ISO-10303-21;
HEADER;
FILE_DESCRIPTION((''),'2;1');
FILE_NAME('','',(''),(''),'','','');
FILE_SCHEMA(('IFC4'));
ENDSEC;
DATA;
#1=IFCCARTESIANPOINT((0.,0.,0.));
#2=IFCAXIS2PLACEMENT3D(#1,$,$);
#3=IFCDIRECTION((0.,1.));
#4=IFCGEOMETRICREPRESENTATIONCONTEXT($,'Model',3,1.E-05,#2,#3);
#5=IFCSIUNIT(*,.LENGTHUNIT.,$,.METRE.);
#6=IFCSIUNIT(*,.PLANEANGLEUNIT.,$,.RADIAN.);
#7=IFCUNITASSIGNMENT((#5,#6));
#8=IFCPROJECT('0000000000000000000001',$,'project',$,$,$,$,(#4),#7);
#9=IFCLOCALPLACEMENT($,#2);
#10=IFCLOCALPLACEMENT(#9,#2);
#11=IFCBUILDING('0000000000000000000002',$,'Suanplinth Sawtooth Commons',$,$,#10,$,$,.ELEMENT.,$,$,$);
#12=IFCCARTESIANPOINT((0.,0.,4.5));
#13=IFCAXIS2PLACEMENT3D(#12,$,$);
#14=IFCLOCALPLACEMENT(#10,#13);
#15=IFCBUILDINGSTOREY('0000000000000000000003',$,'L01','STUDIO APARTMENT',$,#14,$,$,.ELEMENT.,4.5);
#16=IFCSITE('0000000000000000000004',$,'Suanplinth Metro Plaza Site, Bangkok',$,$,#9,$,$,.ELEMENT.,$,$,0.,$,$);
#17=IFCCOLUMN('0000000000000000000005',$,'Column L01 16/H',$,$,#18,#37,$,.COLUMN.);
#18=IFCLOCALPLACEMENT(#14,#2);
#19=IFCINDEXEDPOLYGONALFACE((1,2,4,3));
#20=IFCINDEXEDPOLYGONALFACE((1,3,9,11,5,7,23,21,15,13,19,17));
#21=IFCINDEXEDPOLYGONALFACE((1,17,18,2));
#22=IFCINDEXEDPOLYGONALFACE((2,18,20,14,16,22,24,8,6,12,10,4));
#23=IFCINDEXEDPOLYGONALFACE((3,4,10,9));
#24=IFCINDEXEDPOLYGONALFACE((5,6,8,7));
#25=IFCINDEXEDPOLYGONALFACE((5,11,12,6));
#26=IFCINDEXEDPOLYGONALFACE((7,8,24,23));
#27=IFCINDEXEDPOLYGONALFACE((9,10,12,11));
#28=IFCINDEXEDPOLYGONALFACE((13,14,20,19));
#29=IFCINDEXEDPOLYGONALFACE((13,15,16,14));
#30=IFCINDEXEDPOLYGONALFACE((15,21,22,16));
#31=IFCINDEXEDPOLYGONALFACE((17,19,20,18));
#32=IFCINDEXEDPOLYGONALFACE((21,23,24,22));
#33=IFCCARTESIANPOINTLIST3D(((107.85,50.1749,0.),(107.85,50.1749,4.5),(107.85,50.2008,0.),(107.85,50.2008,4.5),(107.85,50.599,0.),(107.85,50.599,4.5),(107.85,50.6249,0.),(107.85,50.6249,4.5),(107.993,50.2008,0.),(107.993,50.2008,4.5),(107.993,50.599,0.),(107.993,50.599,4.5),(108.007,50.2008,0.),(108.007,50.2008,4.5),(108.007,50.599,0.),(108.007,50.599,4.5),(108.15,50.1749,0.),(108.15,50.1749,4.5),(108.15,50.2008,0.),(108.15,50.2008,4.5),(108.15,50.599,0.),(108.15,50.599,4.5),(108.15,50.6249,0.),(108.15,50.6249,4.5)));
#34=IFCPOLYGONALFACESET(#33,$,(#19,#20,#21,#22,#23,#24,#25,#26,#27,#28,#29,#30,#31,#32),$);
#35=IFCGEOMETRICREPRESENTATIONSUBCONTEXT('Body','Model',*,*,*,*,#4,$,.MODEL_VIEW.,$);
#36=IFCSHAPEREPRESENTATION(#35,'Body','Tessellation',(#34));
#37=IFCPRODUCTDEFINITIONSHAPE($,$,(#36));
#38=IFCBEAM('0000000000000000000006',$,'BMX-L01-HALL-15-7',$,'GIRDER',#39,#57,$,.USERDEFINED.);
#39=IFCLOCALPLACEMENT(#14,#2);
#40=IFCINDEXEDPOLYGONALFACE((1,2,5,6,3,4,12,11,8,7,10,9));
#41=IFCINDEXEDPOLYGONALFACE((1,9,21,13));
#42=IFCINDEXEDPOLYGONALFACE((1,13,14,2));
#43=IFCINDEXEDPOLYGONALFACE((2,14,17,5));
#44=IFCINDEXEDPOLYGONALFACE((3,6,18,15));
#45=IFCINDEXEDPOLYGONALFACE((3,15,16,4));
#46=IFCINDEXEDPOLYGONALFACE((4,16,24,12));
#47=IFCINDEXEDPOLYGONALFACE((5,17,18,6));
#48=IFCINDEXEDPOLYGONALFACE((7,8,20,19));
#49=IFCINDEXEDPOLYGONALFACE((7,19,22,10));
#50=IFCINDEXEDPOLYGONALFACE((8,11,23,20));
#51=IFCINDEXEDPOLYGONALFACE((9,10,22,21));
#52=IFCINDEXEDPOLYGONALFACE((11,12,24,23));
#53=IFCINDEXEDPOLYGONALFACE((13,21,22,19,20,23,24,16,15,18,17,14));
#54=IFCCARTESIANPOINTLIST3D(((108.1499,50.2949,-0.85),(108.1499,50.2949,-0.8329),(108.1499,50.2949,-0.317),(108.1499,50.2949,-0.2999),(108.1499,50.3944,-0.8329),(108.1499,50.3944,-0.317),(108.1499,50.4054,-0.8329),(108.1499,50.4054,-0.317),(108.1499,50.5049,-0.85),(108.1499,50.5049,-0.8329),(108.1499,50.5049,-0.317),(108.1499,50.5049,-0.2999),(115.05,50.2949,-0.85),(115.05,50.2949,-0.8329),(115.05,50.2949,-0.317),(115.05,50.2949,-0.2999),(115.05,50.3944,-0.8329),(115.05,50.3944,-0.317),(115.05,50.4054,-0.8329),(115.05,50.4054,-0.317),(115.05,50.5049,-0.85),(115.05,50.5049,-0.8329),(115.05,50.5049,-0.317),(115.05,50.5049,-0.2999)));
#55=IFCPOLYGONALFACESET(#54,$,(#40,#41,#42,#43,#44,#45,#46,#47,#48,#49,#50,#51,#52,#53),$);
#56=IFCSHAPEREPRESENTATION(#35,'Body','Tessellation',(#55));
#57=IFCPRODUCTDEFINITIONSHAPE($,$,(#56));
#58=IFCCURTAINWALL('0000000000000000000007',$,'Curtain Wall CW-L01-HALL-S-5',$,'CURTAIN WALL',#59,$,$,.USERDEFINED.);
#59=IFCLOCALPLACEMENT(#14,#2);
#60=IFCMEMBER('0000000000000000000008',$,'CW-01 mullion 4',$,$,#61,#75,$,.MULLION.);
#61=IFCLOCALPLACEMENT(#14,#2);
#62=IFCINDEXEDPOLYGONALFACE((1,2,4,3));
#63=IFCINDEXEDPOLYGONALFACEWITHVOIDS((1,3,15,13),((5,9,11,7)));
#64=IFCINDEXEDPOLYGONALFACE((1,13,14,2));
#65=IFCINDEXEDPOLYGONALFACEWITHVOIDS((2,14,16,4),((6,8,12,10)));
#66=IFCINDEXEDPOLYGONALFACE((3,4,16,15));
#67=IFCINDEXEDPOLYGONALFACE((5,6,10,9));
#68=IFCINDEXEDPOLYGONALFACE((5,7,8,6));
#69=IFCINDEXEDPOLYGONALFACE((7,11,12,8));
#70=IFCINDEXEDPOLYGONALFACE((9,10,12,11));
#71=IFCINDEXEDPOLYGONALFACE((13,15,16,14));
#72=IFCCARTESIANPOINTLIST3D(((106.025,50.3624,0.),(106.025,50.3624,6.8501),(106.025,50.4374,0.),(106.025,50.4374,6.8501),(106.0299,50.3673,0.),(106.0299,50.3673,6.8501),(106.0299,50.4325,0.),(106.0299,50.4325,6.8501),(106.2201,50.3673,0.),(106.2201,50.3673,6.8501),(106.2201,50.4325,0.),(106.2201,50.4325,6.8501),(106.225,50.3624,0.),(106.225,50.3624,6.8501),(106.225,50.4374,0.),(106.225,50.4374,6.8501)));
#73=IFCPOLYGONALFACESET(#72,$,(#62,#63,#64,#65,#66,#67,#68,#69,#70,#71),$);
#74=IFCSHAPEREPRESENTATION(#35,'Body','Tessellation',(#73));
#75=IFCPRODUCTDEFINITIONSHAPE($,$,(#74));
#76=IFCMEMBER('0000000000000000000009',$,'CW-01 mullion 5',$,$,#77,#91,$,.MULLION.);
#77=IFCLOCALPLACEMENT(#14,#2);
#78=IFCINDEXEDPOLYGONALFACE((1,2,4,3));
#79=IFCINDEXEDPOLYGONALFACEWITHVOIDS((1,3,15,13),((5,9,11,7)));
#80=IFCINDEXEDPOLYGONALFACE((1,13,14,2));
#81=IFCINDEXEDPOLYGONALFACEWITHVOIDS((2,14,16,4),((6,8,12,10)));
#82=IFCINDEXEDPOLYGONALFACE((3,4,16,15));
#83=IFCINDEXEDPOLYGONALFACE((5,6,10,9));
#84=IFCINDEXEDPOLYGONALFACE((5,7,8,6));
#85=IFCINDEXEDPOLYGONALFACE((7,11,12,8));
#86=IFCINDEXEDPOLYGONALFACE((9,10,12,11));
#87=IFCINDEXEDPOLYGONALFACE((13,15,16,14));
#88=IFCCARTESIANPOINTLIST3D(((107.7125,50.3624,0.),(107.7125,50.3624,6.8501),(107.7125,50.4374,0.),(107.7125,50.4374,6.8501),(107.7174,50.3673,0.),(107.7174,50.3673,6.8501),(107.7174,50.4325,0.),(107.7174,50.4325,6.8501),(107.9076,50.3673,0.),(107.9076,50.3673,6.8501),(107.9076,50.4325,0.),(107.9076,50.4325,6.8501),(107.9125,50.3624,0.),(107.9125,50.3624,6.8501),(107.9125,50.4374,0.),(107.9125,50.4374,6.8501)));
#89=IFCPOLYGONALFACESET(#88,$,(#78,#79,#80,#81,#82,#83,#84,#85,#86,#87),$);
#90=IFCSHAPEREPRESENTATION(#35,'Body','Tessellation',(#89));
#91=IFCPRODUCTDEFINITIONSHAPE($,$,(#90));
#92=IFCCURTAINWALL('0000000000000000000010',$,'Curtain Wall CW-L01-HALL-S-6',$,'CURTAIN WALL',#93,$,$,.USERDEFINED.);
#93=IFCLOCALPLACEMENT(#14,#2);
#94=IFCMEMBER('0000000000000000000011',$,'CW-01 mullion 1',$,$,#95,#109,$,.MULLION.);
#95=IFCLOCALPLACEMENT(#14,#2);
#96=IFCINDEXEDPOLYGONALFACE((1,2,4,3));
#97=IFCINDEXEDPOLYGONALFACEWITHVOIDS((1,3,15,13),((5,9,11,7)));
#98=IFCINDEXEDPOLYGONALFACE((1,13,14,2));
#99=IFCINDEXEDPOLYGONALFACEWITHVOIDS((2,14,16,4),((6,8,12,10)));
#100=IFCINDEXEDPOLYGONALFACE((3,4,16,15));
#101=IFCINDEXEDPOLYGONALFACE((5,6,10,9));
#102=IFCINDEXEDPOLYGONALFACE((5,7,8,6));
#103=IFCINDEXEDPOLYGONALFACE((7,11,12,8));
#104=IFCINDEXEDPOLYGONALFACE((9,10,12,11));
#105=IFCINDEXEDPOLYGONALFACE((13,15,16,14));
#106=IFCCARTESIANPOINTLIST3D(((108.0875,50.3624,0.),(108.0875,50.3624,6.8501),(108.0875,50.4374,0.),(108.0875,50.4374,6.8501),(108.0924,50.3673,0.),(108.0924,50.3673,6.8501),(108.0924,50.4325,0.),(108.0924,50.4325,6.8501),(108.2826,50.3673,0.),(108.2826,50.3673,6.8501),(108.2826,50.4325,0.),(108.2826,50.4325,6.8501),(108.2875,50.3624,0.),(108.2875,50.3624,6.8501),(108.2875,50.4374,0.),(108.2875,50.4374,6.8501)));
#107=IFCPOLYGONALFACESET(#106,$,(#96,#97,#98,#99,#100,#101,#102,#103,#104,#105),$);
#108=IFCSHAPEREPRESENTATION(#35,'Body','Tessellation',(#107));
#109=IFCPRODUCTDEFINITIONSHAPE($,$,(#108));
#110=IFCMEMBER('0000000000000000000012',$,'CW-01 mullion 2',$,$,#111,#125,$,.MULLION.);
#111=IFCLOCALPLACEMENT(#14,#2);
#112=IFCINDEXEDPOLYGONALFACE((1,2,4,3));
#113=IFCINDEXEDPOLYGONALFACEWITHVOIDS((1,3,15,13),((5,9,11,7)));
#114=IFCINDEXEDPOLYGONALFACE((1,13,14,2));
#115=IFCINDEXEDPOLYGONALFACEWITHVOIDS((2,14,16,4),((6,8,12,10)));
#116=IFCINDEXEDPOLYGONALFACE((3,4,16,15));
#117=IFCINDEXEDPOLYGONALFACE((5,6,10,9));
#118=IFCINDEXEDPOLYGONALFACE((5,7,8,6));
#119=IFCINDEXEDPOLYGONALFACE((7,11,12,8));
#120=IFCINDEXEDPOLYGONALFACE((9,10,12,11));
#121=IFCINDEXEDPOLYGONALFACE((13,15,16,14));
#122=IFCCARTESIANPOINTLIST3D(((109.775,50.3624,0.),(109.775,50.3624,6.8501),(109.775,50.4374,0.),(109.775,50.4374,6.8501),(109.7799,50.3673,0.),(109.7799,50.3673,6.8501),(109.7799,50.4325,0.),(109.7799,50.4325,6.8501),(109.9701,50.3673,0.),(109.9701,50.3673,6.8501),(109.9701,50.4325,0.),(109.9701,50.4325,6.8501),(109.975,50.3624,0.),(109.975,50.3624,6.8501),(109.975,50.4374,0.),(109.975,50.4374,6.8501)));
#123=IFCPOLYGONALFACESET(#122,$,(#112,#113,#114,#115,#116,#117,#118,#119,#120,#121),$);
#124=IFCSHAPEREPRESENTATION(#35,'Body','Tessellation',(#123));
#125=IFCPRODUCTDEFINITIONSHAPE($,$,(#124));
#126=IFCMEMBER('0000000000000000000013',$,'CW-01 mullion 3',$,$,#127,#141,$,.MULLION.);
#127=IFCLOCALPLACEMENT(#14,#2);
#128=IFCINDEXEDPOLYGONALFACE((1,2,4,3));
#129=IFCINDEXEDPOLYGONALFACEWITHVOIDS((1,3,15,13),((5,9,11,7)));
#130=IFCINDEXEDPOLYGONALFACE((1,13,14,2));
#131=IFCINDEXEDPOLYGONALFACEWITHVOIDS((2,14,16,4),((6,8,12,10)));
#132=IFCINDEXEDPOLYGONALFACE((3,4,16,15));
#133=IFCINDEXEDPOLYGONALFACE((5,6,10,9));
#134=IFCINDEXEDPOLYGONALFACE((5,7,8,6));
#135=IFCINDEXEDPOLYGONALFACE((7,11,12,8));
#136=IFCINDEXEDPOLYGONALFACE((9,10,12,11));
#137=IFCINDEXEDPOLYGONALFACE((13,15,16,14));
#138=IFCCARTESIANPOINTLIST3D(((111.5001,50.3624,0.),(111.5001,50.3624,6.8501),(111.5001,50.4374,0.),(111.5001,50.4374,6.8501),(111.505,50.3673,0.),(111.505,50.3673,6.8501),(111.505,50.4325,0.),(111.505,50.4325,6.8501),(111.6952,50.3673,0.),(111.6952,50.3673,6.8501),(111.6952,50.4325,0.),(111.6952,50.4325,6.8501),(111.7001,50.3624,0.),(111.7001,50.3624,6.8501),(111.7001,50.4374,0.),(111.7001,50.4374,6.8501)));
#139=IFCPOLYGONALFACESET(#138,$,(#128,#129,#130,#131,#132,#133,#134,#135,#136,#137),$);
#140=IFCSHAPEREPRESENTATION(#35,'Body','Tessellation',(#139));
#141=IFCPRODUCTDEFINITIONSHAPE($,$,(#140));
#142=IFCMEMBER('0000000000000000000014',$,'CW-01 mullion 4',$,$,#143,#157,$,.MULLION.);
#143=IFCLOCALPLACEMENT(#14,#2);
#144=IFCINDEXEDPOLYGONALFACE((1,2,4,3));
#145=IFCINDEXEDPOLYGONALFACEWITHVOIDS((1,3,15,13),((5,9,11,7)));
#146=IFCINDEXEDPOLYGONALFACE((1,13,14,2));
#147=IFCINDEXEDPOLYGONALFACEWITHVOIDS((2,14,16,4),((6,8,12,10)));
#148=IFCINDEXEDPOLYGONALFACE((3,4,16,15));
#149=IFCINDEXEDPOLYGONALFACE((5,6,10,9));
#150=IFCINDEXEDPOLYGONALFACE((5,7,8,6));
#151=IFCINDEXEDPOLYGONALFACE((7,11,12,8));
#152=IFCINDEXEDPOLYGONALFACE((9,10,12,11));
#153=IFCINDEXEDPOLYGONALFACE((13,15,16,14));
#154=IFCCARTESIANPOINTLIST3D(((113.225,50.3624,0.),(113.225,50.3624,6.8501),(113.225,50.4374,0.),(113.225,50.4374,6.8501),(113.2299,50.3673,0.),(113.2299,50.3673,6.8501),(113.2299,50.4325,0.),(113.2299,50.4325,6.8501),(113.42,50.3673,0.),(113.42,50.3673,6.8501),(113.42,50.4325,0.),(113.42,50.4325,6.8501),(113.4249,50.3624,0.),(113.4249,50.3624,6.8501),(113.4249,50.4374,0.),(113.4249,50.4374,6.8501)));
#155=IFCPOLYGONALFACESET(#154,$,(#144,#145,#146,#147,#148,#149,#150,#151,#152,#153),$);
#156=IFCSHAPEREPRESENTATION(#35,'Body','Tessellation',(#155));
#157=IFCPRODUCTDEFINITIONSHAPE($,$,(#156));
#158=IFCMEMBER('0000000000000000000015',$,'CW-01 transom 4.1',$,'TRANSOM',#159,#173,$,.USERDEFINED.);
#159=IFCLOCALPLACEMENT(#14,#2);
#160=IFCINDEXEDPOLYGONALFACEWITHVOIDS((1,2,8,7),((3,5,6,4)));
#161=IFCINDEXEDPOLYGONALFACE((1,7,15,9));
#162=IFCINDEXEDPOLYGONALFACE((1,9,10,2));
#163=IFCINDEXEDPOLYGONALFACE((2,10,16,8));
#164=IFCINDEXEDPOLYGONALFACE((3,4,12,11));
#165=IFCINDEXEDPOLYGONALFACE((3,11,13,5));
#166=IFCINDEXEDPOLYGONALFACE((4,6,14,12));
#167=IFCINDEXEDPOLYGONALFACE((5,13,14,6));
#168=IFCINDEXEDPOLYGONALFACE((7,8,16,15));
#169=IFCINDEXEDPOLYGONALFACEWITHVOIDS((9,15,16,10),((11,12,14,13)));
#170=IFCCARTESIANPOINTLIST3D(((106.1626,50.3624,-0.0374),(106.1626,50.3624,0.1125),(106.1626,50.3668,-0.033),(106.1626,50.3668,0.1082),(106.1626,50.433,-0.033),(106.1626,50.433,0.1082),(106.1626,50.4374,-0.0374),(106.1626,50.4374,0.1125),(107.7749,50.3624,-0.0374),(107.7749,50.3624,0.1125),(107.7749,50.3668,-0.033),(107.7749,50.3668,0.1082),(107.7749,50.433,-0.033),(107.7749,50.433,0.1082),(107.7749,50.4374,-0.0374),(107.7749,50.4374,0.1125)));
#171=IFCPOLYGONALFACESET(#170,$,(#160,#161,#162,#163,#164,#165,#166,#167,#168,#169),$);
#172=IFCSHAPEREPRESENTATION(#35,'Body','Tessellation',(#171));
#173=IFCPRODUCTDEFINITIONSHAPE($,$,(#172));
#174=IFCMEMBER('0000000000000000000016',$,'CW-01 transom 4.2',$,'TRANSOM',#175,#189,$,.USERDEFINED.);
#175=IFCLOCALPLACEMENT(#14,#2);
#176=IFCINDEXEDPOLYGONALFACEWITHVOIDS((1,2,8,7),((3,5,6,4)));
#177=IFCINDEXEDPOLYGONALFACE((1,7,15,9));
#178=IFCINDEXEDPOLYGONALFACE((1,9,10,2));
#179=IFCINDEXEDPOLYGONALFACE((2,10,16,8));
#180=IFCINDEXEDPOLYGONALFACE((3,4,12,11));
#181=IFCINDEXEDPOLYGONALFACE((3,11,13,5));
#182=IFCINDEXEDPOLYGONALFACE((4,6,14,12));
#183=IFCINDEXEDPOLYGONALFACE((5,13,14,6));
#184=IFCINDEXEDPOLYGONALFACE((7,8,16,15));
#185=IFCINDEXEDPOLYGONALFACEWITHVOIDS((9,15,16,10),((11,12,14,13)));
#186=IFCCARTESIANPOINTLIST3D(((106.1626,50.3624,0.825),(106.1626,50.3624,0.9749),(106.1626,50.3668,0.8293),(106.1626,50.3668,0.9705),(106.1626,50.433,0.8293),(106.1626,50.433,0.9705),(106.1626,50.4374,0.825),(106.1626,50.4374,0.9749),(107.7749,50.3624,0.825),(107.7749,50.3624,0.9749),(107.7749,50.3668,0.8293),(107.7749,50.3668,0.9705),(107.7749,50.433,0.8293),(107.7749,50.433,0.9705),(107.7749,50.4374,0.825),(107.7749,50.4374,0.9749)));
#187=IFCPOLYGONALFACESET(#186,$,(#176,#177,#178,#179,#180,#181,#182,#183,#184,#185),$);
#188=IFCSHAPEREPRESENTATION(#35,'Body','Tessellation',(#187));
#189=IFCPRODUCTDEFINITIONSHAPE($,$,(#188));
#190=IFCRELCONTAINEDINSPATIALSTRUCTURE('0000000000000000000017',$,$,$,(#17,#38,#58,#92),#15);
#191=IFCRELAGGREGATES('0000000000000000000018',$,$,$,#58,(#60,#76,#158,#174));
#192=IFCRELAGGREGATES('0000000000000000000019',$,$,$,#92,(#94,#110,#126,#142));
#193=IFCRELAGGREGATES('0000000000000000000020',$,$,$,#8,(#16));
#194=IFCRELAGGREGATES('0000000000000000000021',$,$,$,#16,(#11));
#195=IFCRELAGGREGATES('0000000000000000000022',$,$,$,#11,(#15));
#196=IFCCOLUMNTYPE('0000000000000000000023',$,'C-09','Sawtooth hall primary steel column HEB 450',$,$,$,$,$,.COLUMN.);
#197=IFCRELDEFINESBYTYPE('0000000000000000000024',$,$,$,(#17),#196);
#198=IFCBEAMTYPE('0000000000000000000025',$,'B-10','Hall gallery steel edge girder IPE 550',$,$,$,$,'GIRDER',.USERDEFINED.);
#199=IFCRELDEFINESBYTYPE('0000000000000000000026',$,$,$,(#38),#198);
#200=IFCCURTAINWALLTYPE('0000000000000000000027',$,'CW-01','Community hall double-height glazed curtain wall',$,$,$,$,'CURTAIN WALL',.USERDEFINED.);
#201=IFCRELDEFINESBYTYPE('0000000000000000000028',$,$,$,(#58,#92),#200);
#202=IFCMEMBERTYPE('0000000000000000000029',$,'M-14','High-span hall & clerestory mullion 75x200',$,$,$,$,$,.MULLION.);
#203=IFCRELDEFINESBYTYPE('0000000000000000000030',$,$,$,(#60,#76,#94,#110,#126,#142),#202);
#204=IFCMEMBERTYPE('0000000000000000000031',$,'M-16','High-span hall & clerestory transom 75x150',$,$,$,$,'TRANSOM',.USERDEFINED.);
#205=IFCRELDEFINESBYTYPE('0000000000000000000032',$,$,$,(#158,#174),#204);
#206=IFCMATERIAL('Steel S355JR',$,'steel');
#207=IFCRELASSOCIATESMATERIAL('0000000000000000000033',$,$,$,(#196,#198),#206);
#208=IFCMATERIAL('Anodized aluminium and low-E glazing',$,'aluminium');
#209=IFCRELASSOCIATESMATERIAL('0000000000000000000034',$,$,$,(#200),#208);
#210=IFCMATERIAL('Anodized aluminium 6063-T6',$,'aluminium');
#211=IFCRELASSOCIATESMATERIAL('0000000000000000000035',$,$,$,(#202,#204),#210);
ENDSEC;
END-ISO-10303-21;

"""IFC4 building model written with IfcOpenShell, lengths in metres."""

from ifc_helpers import new_model, si_unit, direction, frame, origin, origin_2d, place, context, subcontext, project, spatial, hollow_rectangle, i_section, extrude, material, material_profile, profile_set, type_object, element, aggregate, save


model = new_model("IFC4")

# Units and contexts
model_context = context("Model", 3, precision=1e-05, world=origin(), true_north=direction((0.0, 1.0)))
body_context = subcontext(model_context, "Body", "Model", "MODEL_VIEW")
ifc_project = project(units=[si_unit("LENGTHUNIT", "METRE"), si_unit("PLANEANGLEUNIT", "RADIAN")], contexts=[model_context])

# Site, building, storey
site_placement = place(None, origin())
site = spatial("IfcSite", under=ifc_project, at=site_placement, Name="Suanplinth Metro Plaza Site, Bangkok", CompositionType="ELEMENT", RefElevation=0.0)
building_placement = place(site_placement, origin())
building = spatial("IfcBuilding", under=site, at=building_placement, Name="Suanplinth Sawtooth Commons", CompositionType="ELEMENT")
storey_placement = place(building_placement, frame((0.0, 0.0, 4.5)))
storey = spatial("IfcBuildingStorey", under=building, at=storey_placement, Name="L01", Description="STUDIO APARTMENT", CompositionType="ELEMENT", Elevation=4.5)

# Column
ifc_material_1 = material(Name="Steel S355JR", Category="steel")
ifc_material_profile_1 = material_profile(ifc_material_1, i_section(OverallWidth=0.3, OverallDepth=0.45, WebThickness=0.0139, FlangeThickness=0.0259, at=origin_2d()), Name="HEB 450")
ifc_profile_set_1 = profile_set([ifc_material_profile_1], Name="Steel S355JR")
column_type = type_object("IfcColumnType", Name="C-09", Description="Sawtooth hall primary steel column HEB 450", PredefinedType="COLUMN", material=ifc_profile_set_1)
column_placement = place(storey_placement, frame((108.0, 50.3999, 0.0), z_axis=(0.0, 0.0, 1.0), x_axis=(1.0, 0.0, 0.0)))
element("IfcColumn", 1, at=column_placement, inside=storey, type_object=column_type, Name="Column L01 16/H", PredefinedType="COLUMN", context=body_context, shape_type="SweptSolid", body=[
    extrude(i_section(OverallWidth=0.3, OverallDepth=0.45, WebThickness=0.0139, FlangeThickness=0.0259, at=origin_2d()), origin(), (0.0, 0.0, 1.0), 4.5),
])

# Beam
ifc_material_profile_2 = material_profile(ifc_material_1, i_section(OverallWidth=0.21, OverallDepth=0.55, WebThickness=0.011, FlangeThickness=0.0171, at=origin_2d()), Name="IPE 550")
ifc_profile_set_2 = profile_set([ifc_material_profile_2], Name="Steel S355JR")
beam_type = type_object("IfcBeamType", Name="B-10", Description="Hall gallery steel edge girder IPE 550", ElementType="GIRDER", PredefinedType="USERDEFINED", material=ifc_profile_set_2)
beam_placement = place(storey_placement, frame((108.1499, 50.3999, -0.575), z_axis=(1.0, 0.0, 0.0), x_axis=(0.0, 1.0, 0.0)))
element("IfcBeam", 2, at=beam_placement, inside=storey, type_object=beam_type, Name="BMX-L01-HALL-15-7", ObjectType="GIRDER", PredefinedType="USERDEFINED", context=body_context, shape_type="SweptSolid", body=[
    extrude(i_section(OverallWidth=0.21, OverallDepth=0.55, WebThickness=0.011, FlangeThickness=0.0171, at=origin_2d()), origin(), (0.0, 0.0, 1.0), 6.9001),
])

# Curtain walls, members
ifc_material_2 = material(Name="Anodized aluminium and low-E glazing", Category="aluminium")
curtain_wall_type = type_object("IfcCurtainWallType", Name="CW-01", Description="Community hall double-height glazed curtain wall", ElementType="CURTAIN WALL", PredefinedType="USERDEFINED", material=ifc_material_2)
curtain_wall_1_placement = place(storey_placement, origin())
curtain_wall_1 = element("IfcCurtainWall", 3, at=curtain_wall_1_placement, inside=storey, type_object=curtain_wall_type, Name="Curtain Wall CW-L01-HALL-S-5", ObjectType="CURTAIN WALL", PredefinedType="USERDEFINED")
ifc_material_3 = material(Name="Anodized aluminium 6063-T6", Category="aluminium")
ifc_material_profile_3 = material_profile(ifc_material_3, hollow_rectangle(XDim=0.075, YDim=0.2, WallThickness=0.0049, at=origin_2d()), Name="ALU-MUL 75x200")
ifc_profile_set_3 = profile_set([ifc_material_profile_3], Name="Anodized aluminium 6063-T6")
member_type_1 = type_object("IfcMemberType", Name="M-14", Description="High-span hall & clerestory mullion 75x200", PredefinedType="MULLION", material=ifc_profile_set_3)
member_1_placement = place(storey_placement, frame((106.125, 50.3999, 0.0), z_axis=(0.0, 0.0, 1.0), x_axis=(0.0, 1.0, 0.0)))
member_1 = element("IfcMember", 4, at=member_1_placement, type_object=member_type_1, Name="CW-01 mullion 4", PredefinedType="MULLION", context=body_context, shape_type="SweptSolid", body=[
    extrude(hollow_rectangle(XDim=0.075, YDim=0.2, WallThickness=0.0049, at=origin_2d()), origin(), (0.0, 0.0, 1.0), 6.8501),
])
member_2_placement = place(storey_placement, frame((107.8125, 50.3999, 0.0), z_axis=(0.0, 0.0, 1.0), x_axis=(0.0, 1.0, 0.0)))
member_2 = element("IfcMember", 5, at=member_2_placement, type_object=member_type_1, Name="CW-01 mullion 5", PredefinedType="MULLION", context=body_context, shape_type="SweptSolid", body=[
    extrude(hollow_rectangle(XDim=0.075, YDim=0.2, WallThickness=0.0049, at=origin_2d()), origin(), (0.0, 0.0, 1.0), 6.8501),
])
curtain_wall_2_placement = place(storey_placement, origin())
curtain_wall_2 = element("IfcCurtainWall", 6, at=curtain_wall_2_placement, inside=storey, type_object=curtain_wall_type, Name="Curtain Wall CW-L01-HALL-S-6", ObjectType="CURTAIN WALL", PredefinedType="USERDEFINED")
member_3_placement = place(storey_placement, frame((108.1875, 50.3999, 0.0), z_axis=(0.0, 0.0, 1.0), x_axis=(0.0, 1.0, 0.0)))
member_3 = element("IfcMember", 7, at=member_3_placement, type_object=member_type_1, Name="CW-01 mullion 1", PredefinedType="MULLION", context=body_context, shape_type="SweptSolid", body=[
    extrude(hollow_rectangle(XDim=0.075, YDim=0.2, WallThickness=0.0049, at=origin_2d()), origin(), (0.0, 0.0, 1.0), 6.8501),
])
member_4_placement = place(storey_placement, frame((109.875, 50.3999, 0.0), z_axis=(0.0, 0.0, 1.0), x_axis=(0.0, 1.0, 0.0)))
member_4 = element("IfcMember", 8, at=member_4_placement, type_object=member_type_1, Name="CW-01 mullion 2", PredefinedType="MULLION", context=body_context, shape_type="SweptSolid", body=[
    extrude(hollow_rectangle(XDim=0.075, YDim=0.2, WallThickness=0.0049, at=origin_2d()), origin(), (0.0, 0.0, 1.0), 6.8501),
])
member_5_placement = place(storey_placement, frame((111.6001, 50.3999, 0.0), z_axis=(0.0, 0.0, 1.0), x_axis=(0.0, 1.0, 0.0)))
member_5 = element("IfcMember", 9, at=member_5_placement, type_object=member_type_1, Name="CW-01 mullion 3", PredefinedType="MULLION", context=body_context, shape_type="SweptSolid", body=[
    extrude(hollow_rectangle(XDim=0.075, YDim=0.2, WallThickness=0.0049, at=origin_2d()), origin(), (0.0, 0.0, 1.0), 6.8501),
])
member_6_placement = place(storey_placement, frame((113.325, 50.3999, 0.0), z_axis=(0.0, 0.0, 1.0), x_axis=(0.0, 1.0, 0.0)))
member_6 = element("IfcMember", 10, at=member_6_placement, type_object=member_type_1, Name="CW-01 mullion 4", PredefinedType="MULLION", context=body_context, shape_type="SweptSolid", body=[
    extrude(hollow_rectangle(XDim=0.075, YDim=0.2, WallThickness=0.0049, at=origin_2d()), origin(), (0.0, 0.0, 1.0), 6.8501),
])

# Members
ifc_material_profile_4 = material_profile(ifc_material_3, hollow_rectangle(XDim=0.075, YDim=0.1499, WallThickness=0.0044, at=origin_2d()), Name="ALU-TRN 75x150")
ifc_profile_set_4 = profile_set([ifc_material_profile_4], Name="Anodized aluminium 6063-T6")
member_type_2 = type_object("IfcMemberType", Name="M-16", Description="High-span hall & clerestory transom 75x150", ElementType="TRANSOM", PredefinedType="USERDEFINED", material=ifc_profile_set_4)
member_7_placement = place(storey_placement, frame((106.1626, 50.3999, 0.0376), z_axis=(1.0, 0.0, 0.0), x_axis=(0.0, 1.0, 0.0)))
member_7 = element("IfcMember", 11, at=member_7_placement, type_object=member_type_2, Name="CW-01 transom 4.1", ObjectType="TRANSOM", PredefinedType="USERDEFINED", context=body_context, shape_type="SweptSolid", body=[
    extrude(hollow_rectangle(XDim=0.075, YDim=0.1499, WallThickness=0.0044, at=origin_2d()), origin(), (0.0, 0.0, 1.0), 1.6123),
])
member_8_placement = place(storey_placement, frame((106.1626, 50.3999, 0.8999), z_axis=(1.0, 0.0, 0.0), x_axis=(0.0, 1.0, 0.0)))
member_8 = element("IfcMember", 12, at=member_8_placement, type_object=member_type_2, Name="CW-01 transom 4.2", ObjectType="TRANSOM", PredefinedType="USERDEFINED", context=body_context, shape_type="SweptSolid", body=[
    extrude(hollow_rectangle(XDim=0.075, YDim=0.1499, WallThickness=0.0044, at=origin_2d()), origin(), (0.0, 0.0, 1.0), 1.6123),
])

aggregate(curtain_wall_1, [member_1, member_2, member_7, member_8])
aggregate(curtain_wall_2, [member_3, member_4, member_5, member_6])

save(model, "model.ifc")
